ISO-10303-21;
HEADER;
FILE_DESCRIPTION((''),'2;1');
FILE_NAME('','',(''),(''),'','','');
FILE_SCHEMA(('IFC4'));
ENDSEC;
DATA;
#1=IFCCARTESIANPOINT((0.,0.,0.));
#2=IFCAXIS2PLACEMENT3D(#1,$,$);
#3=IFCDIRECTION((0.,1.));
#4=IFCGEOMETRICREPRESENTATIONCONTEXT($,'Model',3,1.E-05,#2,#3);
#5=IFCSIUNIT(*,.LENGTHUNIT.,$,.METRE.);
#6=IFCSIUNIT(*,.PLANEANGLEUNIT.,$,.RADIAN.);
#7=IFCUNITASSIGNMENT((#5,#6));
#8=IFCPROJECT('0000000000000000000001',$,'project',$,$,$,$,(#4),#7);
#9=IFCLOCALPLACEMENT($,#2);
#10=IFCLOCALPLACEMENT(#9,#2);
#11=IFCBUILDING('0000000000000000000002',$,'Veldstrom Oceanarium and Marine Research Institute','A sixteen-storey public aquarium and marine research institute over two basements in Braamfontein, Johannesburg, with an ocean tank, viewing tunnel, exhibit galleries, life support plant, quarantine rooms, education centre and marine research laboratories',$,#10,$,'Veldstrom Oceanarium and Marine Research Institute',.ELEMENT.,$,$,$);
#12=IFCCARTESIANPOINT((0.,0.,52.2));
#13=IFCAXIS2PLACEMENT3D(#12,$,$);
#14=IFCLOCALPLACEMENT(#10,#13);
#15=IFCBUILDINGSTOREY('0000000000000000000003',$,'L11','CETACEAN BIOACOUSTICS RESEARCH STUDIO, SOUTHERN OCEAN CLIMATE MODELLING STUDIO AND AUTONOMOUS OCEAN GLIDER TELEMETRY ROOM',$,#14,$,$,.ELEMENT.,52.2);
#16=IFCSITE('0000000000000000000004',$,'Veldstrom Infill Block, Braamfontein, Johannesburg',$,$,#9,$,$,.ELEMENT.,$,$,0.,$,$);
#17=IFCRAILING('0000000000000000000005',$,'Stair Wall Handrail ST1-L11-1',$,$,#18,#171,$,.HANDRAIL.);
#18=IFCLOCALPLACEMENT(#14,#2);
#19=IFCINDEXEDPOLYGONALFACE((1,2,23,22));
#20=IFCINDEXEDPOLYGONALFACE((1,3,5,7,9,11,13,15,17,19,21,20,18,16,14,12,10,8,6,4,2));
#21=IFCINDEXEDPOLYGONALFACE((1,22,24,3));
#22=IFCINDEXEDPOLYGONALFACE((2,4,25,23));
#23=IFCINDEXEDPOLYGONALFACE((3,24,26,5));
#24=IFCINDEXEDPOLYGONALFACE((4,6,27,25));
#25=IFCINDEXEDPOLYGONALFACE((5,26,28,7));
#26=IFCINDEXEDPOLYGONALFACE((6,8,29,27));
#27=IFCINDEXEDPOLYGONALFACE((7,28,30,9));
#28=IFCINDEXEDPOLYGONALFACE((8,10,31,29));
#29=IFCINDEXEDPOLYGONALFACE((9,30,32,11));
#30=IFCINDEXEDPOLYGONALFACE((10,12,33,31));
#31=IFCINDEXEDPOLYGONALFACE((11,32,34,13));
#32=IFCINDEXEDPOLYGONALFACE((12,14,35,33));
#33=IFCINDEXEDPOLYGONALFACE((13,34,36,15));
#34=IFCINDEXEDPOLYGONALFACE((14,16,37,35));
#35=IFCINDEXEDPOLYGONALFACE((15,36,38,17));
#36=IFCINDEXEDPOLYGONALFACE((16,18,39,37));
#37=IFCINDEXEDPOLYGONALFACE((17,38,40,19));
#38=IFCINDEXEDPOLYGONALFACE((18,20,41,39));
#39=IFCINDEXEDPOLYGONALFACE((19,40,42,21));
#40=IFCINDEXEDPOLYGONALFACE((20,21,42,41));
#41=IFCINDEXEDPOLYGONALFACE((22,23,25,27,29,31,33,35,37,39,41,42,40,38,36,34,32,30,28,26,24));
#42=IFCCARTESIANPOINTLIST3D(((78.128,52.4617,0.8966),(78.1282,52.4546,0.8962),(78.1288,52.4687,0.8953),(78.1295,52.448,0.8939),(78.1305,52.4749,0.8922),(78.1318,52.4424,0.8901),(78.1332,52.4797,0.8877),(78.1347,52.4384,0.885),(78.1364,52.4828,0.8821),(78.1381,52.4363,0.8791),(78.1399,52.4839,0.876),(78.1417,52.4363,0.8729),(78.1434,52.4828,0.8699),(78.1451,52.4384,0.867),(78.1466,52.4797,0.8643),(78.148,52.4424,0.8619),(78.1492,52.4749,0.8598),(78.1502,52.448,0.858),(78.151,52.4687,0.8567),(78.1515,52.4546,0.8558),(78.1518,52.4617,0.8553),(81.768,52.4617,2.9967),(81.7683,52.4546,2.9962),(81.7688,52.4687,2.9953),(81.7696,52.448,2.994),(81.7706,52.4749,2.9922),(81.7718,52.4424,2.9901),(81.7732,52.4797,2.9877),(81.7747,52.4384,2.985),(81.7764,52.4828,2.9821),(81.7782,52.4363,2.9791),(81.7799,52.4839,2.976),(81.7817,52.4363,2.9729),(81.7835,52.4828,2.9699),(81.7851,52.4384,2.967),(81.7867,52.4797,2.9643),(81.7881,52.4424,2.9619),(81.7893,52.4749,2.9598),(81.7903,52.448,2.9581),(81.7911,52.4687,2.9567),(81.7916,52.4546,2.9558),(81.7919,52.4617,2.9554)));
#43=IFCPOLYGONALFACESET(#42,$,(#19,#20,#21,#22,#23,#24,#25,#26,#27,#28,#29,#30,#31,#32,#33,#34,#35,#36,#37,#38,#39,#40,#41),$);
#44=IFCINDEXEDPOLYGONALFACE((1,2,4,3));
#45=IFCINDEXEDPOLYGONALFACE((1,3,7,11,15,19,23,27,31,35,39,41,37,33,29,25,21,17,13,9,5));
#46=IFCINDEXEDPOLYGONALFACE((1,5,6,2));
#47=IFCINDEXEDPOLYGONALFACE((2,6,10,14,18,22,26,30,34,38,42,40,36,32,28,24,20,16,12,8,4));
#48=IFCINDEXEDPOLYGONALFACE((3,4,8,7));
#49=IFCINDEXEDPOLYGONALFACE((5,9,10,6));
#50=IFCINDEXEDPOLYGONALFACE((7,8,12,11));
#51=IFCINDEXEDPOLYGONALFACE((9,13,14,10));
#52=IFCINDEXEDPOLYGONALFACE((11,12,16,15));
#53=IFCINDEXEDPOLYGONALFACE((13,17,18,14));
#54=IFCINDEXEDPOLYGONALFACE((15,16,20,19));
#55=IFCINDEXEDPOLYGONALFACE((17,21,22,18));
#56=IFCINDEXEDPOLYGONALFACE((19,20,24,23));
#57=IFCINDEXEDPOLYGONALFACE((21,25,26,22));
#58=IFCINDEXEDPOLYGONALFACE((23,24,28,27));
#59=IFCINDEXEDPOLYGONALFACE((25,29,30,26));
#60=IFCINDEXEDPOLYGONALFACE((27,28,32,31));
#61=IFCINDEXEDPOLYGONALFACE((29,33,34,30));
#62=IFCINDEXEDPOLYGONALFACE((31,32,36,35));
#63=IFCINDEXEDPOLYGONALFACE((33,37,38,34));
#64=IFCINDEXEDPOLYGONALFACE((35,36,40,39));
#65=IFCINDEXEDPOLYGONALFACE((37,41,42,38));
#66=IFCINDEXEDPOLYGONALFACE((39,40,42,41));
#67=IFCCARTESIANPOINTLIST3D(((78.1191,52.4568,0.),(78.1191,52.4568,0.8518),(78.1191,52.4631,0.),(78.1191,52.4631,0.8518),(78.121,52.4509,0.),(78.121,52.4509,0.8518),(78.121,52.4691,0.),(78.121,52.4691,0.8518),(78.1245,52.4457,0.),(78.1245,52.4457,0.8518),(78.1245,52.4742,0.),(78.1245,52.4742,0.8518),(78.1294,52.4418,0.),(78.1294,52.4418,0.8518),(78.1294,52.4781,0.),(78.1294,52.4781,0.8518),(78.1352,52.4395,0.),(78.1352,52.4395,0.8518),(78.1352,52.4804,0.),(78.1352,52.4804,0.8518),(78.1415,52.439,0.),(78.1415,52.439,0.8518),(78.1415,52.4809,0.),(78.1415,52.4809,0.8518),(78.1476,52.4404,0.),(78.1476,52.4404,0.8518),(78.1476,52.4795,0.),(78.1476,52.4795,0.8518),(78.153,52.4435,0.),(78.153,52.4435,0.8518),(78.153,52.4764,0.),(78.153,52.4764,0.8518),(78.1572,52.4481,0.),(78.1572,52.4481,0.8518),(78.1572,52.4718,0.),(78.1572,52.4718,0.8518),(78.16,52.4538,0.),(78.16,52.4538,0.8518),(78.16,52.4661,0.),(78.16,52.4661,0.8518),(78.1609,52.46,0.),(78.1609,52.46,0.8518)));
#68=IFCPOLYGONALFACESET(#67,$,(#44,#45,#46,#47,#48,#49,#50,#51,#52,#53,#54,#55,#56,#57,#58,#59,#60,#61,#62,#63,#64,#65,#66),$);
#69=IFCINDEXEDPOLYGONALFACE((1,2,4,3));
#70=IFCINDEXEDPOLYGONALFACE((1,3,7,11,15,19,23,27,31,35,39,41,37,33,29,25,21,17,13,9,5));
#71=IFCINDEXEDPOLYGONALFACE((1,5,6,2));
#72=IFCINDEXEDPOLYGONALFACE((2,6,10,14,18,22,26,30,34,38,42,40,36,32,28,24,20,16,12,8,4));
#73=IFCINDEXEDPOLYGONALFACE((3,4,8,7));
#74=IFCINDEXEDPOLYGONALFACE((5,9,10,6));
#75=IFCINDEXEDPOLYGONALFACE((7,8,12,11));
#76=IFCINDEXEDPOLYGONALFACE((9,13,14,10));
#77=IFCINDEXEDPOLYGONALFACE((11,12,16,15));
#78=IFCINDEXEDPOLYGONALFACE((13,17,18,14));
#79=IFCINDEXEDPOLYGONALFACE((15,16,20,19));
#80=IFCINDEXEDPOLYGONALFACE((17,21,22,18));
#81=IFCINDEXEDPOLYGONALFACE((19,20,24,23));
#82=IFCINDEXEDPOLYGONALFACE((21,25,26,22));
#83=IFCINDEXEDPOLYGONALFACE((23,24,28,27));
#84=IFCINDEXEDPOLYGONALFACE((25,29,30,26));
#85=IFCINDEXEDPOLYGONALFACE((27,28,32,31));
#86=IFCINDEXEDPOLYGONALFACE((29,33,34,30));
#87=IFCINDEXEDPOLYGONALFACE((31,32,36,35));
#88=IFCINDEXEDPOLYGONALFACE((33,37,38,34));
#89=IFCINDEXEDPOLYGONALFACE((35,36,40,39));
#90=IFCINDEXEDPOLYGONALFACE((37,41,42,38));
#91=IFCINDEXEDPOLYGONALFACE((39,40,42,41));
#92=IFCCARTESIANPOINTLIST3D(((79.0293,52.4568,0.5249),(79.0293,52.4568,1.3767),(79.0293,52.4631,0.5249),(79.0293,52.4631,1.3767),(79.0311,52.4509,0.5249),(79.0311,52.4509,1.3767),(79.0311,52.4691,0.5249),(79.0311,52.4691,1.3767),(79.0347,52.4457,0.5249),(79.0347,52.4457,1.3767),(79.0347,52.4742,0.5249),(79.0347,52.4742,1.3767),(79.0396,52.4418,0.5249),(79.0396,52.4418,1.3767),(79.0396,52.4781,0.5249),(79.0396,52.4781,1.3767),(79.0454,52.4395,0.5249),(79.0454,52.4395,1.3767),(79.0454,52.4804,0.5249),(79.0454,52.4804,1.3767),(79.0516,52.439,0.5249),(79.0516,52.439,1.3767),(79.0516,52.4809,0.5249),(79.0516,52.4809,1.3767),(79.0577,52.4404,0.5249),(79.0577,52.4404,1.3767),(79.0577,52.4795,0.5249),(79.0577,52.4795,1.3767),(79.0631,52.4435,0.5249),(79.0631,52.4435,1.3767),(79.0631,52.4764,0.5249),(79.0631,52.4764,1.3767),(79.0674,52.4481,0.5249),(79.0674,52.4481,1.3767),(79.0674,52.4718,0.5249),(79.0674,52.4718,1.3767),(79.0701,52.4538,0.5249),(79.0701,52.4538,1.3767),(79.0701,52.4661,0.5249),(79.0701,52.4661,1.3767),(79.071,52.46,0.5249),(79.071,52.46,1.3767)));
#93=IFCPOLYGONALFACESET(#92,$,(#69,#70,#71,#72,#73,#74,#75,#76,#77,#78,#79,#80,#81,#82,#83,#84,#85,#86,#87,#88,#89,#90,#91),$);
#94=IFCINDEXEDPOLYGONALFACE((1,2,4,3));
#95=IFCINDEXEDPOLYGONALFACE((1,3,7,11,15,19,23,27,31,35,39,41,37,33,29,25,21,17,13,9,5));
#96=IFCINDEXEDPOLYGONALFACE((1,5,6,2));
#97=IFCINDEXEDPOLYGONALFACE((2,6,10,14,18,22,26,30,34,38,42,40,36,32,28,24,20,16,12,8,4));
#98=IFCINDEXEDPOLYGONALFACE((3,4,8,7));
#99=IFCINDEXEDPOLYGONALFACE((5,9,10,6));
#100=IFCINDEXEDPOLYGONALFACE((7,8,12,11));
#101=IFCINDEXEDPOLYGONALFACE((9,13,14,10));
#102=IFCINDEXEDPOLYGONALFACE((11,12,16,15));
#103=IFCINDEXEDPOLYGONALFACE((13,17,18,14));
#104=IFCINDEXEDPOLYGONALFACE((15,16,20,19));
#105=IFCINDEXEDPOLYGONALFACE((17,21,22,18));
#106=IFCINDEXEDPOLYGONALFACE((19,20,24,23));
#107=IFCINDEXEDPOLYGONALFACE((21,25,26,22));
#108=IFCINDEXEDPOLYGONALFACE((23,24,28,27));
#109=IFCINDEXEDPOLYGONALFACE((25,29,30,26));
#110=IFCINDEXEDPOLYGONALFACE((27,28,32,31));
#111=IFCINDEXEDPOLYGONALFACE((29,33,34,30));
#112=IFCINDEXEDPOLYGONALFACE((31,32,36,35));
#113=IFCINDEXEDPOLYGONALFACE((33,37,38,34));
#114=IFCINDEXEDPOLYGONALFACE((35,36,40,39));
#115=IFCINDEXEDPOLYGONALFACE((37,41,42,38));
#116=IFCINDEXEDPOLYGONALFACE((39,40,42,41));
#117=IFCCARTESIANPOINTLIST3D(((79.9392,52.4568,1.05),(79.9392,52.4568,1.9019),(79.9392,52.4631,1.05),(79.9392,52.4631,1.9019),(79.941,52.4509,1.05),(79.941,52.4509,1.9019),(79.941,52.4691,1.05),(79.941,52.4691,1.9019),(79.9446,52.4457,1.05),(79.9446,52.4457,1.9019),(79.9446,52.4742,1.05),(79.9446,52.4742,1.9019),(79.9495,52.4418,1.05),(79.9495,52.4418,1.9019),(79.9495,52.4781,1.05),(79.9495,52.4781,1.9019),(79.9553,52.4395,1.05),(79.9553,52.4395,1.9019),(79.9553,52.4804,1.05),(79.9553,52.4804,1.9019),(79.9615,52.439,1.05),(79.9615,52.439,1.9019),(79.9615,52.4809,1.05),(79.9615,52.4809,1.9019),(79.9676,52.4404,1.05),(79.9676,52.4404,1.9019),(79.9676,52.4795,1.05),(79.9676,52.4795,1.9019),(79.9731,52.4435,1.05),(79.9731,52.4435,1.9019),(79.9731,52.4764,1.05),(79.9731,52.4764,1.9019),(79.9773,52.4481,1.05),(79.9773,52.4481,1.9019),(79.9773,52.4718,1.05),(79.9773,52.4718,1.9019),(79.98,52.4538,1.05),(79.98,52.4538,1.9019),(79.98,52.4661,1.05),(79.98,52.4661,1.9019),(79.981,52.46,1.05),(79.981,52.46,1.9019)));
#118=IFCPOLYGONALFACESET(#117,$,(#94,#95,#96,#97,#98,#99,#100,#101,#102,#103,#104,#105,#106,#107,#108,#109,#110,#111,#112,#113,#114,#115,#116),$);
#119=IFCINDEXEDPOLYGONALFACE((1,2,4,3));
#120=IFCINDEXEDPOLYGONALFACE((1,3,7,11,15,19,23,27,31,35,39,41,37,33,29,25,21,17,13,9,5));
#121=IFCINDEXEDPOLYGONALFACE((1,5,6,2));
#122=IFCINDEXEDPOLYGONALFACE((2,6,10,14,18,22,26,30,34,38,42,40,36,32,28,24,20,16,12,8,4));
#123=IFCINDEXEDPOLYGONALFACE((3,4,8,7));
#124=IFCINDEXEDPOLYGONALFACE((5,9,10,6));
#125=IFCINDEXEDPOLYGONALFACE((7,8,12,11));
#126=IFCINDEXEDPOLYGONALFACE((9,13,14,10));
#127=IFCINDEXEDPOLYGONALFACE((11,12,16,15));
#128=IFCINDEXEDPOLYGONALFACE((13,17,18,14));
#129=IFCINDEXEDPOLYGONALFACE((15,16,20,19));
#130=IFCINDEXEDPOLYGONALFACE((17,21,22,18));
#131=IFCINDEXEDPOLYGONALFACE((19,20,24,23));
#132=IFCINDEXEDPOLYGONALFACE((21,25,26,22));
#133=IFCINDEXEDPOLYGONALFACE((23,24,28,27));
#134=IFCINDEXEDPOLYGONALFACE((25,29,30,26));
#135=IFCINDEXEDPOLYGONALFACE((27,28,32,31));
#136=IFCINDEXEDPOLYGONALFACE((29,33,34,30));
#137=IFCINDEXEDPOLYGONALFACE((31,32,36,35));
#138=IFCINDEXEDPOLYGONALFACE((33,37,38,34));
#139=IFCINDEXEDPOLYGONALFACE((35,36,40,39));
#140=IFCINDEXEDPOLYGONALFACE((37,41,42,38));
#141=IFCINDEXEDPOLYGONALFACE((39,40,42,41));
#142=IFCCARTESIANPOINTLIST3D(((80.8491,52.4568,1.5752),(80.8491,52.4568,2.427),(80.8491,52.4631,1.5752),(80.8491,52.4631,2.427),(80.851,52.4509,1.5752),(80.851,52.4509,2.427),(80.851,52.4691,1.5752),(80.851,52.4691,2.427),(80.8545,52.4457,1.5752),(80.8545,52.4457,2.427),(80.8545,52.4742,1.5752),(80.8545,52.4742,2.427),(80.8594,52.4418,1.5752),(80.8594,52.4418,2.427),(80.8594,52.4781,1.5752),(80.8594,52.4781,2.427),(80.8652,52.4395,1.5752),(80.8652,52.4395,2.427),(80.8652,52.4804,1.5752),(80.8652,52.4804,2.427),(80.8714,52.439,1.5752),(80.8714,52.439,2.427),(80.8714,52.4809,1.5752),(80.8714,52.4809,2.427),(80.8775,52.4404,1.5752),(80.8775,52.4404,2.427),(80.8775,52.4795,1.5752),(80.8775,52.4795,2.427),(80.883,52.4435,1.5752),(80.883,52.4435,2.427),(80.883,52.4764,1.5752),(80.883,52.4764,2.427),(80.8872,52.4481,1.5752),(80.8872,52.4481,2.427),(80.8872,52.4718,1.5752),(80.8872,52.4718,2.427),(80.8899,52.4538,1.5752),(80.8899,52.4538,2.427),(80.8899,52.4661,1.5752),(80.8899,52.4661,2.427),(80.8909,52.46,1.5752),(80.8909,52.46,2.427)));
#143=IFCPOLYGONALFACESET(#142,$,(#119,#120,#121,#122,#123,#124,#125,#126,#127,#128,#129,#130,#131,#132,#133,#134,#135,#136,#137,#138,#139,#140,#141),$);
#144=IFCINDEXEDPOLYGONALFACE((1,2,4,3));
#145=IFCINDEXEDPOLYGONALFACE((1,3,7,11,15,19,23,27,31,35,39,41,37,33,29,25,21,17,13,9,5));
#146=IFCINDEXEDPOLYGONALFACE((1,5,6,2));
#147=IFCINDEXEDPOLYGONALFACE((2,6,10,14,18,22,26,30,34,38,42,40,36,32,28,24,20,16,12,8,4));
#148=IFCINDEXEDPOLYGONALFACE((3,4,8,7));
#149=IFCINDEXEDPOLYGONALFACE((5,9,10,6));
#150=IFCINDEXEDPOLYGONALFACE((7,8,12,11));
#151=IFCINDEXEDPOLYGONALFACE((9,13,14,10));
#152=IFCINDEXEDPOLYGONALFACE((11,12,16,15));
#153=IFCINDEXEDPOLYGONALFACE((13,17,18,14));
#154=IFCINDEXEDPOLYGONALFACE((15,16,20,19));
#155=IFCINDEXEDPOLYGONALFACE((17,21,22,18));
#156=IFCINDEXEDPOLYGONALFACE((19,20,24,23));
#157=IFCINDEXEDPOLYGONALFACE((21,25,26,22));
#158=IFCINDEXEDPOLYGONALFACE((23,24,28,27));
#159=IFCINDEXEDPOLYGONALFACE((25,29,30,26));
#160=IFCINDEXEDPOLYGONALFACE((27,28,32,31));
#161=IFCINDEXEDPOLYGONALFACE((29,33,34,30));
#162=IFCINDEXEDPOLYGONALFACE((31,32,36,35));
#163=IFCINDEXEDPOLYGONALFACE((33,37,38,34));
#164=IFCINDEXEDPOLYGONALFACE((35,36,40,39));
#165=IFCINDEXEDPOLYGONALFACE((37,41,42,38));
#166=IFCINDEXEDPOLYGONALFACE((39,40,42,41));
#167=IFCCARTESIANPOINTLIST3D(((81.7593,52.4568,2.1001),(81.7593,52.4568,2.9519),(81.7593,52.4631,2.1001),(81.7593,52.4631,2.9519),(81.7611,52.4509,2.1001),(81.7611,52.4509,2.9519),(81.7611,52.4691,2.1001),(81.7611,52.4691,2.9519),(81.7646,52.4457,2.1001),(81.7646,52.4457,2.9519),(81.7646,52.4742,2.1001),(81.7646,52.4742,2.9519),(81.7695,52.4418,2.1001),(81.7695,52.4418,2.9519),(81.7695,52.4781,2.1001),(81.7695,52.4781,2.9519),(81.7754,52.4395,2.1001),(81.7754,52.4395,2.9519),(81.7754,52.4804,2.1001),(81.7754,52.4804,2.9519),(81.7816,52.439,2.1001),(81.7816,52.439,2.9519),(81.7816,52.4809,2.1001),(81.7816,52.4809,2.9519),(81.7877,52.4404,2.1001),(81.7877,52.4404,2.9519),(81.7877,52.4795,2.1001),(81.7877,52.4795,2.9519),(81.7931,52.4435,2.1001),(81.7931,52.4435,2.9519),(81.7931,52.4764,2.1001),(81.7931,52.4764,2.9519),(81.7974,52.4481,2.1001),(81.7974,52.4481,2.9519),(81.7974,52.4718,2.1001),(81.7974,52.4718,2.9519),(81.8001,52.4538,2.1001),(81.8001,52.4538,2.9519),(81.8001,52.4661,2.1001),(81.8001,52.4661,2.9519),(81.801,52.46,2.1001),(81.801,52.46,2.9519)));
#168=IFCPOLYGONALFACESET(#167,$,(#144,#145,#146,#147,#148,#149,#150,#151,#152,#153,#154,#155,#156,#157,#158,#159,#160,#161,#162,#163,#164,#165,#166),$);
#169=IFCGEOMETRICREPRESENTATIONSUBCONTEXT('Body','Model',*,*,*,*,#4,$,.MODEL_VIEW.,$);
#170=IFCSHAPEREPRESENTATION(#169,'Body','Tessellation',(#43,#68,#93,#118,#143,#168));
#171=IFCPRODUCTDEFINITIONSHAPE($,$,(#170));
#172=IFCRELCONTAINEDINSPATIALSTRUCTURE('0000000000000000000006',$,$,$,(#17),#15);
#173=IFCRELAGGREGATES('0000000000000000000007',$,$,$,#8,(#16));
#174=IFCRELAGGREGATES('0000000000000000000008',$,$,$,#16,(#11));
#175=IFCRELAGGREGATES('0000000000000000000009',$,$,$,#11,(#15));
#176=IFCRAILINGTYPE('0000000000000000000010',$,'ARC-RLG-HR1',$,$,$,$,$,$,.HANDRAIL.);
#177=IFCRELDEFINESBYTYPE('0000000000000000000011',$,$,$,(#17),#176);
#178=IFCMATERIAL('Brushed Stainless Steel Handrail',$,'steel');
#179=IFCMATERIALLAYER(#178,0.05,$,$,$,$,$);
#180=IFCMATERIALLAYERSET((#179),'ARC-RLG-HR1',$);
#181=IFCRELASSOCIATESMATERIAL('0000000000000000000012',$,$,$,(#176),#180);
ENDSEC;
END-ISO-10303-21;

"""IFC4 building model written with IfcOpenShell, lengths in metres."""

from ifc_helpers import new_model, si_unit, direction, frame, origin, origin_2d, place, context, subcontext, project, spatial, circle, extrude, material, layer, layer_set, type_object, element, save


model = new_model("IFC4")

# Units and contexts
model_context = context("Model", 3, precision=1e-05, world=origin(), true_north=direction((0.0, 1.0)))
body_context = subcontext(model_context, "Body", "Model", "MODEL_VIEW")
ifc_project = project(units=[si_unit("LENGTHUNIT", "METRE"), si_unit("PLANEANGLEUNIT", "RADIAN")], contexts=[model_context])

# Site, building, storey
site_placement = place(None, origin())
site = spatial("IfcSite", under=ifc_project, at=site_placement, Name="Veldstrom Infill Block, Braamfontein, Johannesburg", CompositionType="ELEMENT", RefElevation=0.0)
building_placement = place(site_placement, origin())
building = spatial("IfcBuilding", under=site, at=building_placement, Name="Veldstrom Oceanarium and Marine Research Institute", Description="A sixteen-storey public aquarium and marine research institute over two basements in Braamfontein, Johannesburg, with an ocean tank, viewing tunnel, exhibit galleries, life support plant, quarantine rooms, education centre and marine research laboratories", LongName="Veldstrom Oceanarium and Marine Research Institute", CompositionType="ELEMENT")
storey_placement = place(building_placement, frame((0.0, 0.0, 52.2)))
storey = spatial("IfcBuildingStorey", under=building, at=storey_placement, Name="L11", Description="CETACEAN BIOACOUSTICS RESEARCH STUDIO, SOUTHERN OCEAN CLIMATE MODELLING STUDIO AND AUTONOMOUS OCEAN GLIDER TELEMETRY ROOM", CompositionType="ELEMENT", Elevation=52.2)

# Railing
ifc_material_1 = material(Name="Brushed Stainless Steel Handrail", Category="steel")
ifc_layer_1 = layer(ifc_material_1, 0.05)
ifc_layer_set_1 = layer_set([ifc_layer_1], Name="ARC-RLG-HR1")
railing_type_1 = type_object("IfcRailingType", Name="ARC-RLG-HR1", PredefinedType="HANDRAIL", material=ifc_layer_set_1)
railing_1_placement = place(storey_placement, frame((78.1399, 52.46, 0.0)))
element("IfcRailing", 1, at=railing_1_placement, inside=storey, type_object=railing_type_1, Name="Stair Wall Handrail ST1-L11-1", PredefinedType="HANDRAIL", context=body_context, shape_type="SweptSolid", body=[
    extrude(circle(Radius=0.0239, at=origin_2d()), frame((0.0, 0.0, 0.876), z_axis=(0.866184, 0.0, 0.499726), x_axis=(0.0, 1.0, 0.0)), (0.0, 0.0, 1.0), 4.2024),
    extrude(circle(Radius=0.021, at=origin_2d()), origin(), (0.0, 0.0, 1.0), 0.8518),
    extrude(circle(Radius=0.021, at=origin_2d()), frame((0.9102, 0.0, 0.5249)), (0.0, 0.0, 1.0), 0.8518),
    extrude(circle(Radius=0.021, at=origin_2d()), frame((1.8201, 0.0, 1.05)), (0.0, 0.0, 1.0), 0.8518),
    extrude(circle(Radius=0.021, at=origin_2d()), frame((2.73, 0.0, 1.5752)), (0.0, 0.0, 1.0), 0.8518),
    extrude(circle(Radius=0.021, at=origin_2d()), frame((3.6401, 0.0, 2.1001)), (0.0, 0.0, 1.0), 0.8518),
])

save(model, "model.ifc")
